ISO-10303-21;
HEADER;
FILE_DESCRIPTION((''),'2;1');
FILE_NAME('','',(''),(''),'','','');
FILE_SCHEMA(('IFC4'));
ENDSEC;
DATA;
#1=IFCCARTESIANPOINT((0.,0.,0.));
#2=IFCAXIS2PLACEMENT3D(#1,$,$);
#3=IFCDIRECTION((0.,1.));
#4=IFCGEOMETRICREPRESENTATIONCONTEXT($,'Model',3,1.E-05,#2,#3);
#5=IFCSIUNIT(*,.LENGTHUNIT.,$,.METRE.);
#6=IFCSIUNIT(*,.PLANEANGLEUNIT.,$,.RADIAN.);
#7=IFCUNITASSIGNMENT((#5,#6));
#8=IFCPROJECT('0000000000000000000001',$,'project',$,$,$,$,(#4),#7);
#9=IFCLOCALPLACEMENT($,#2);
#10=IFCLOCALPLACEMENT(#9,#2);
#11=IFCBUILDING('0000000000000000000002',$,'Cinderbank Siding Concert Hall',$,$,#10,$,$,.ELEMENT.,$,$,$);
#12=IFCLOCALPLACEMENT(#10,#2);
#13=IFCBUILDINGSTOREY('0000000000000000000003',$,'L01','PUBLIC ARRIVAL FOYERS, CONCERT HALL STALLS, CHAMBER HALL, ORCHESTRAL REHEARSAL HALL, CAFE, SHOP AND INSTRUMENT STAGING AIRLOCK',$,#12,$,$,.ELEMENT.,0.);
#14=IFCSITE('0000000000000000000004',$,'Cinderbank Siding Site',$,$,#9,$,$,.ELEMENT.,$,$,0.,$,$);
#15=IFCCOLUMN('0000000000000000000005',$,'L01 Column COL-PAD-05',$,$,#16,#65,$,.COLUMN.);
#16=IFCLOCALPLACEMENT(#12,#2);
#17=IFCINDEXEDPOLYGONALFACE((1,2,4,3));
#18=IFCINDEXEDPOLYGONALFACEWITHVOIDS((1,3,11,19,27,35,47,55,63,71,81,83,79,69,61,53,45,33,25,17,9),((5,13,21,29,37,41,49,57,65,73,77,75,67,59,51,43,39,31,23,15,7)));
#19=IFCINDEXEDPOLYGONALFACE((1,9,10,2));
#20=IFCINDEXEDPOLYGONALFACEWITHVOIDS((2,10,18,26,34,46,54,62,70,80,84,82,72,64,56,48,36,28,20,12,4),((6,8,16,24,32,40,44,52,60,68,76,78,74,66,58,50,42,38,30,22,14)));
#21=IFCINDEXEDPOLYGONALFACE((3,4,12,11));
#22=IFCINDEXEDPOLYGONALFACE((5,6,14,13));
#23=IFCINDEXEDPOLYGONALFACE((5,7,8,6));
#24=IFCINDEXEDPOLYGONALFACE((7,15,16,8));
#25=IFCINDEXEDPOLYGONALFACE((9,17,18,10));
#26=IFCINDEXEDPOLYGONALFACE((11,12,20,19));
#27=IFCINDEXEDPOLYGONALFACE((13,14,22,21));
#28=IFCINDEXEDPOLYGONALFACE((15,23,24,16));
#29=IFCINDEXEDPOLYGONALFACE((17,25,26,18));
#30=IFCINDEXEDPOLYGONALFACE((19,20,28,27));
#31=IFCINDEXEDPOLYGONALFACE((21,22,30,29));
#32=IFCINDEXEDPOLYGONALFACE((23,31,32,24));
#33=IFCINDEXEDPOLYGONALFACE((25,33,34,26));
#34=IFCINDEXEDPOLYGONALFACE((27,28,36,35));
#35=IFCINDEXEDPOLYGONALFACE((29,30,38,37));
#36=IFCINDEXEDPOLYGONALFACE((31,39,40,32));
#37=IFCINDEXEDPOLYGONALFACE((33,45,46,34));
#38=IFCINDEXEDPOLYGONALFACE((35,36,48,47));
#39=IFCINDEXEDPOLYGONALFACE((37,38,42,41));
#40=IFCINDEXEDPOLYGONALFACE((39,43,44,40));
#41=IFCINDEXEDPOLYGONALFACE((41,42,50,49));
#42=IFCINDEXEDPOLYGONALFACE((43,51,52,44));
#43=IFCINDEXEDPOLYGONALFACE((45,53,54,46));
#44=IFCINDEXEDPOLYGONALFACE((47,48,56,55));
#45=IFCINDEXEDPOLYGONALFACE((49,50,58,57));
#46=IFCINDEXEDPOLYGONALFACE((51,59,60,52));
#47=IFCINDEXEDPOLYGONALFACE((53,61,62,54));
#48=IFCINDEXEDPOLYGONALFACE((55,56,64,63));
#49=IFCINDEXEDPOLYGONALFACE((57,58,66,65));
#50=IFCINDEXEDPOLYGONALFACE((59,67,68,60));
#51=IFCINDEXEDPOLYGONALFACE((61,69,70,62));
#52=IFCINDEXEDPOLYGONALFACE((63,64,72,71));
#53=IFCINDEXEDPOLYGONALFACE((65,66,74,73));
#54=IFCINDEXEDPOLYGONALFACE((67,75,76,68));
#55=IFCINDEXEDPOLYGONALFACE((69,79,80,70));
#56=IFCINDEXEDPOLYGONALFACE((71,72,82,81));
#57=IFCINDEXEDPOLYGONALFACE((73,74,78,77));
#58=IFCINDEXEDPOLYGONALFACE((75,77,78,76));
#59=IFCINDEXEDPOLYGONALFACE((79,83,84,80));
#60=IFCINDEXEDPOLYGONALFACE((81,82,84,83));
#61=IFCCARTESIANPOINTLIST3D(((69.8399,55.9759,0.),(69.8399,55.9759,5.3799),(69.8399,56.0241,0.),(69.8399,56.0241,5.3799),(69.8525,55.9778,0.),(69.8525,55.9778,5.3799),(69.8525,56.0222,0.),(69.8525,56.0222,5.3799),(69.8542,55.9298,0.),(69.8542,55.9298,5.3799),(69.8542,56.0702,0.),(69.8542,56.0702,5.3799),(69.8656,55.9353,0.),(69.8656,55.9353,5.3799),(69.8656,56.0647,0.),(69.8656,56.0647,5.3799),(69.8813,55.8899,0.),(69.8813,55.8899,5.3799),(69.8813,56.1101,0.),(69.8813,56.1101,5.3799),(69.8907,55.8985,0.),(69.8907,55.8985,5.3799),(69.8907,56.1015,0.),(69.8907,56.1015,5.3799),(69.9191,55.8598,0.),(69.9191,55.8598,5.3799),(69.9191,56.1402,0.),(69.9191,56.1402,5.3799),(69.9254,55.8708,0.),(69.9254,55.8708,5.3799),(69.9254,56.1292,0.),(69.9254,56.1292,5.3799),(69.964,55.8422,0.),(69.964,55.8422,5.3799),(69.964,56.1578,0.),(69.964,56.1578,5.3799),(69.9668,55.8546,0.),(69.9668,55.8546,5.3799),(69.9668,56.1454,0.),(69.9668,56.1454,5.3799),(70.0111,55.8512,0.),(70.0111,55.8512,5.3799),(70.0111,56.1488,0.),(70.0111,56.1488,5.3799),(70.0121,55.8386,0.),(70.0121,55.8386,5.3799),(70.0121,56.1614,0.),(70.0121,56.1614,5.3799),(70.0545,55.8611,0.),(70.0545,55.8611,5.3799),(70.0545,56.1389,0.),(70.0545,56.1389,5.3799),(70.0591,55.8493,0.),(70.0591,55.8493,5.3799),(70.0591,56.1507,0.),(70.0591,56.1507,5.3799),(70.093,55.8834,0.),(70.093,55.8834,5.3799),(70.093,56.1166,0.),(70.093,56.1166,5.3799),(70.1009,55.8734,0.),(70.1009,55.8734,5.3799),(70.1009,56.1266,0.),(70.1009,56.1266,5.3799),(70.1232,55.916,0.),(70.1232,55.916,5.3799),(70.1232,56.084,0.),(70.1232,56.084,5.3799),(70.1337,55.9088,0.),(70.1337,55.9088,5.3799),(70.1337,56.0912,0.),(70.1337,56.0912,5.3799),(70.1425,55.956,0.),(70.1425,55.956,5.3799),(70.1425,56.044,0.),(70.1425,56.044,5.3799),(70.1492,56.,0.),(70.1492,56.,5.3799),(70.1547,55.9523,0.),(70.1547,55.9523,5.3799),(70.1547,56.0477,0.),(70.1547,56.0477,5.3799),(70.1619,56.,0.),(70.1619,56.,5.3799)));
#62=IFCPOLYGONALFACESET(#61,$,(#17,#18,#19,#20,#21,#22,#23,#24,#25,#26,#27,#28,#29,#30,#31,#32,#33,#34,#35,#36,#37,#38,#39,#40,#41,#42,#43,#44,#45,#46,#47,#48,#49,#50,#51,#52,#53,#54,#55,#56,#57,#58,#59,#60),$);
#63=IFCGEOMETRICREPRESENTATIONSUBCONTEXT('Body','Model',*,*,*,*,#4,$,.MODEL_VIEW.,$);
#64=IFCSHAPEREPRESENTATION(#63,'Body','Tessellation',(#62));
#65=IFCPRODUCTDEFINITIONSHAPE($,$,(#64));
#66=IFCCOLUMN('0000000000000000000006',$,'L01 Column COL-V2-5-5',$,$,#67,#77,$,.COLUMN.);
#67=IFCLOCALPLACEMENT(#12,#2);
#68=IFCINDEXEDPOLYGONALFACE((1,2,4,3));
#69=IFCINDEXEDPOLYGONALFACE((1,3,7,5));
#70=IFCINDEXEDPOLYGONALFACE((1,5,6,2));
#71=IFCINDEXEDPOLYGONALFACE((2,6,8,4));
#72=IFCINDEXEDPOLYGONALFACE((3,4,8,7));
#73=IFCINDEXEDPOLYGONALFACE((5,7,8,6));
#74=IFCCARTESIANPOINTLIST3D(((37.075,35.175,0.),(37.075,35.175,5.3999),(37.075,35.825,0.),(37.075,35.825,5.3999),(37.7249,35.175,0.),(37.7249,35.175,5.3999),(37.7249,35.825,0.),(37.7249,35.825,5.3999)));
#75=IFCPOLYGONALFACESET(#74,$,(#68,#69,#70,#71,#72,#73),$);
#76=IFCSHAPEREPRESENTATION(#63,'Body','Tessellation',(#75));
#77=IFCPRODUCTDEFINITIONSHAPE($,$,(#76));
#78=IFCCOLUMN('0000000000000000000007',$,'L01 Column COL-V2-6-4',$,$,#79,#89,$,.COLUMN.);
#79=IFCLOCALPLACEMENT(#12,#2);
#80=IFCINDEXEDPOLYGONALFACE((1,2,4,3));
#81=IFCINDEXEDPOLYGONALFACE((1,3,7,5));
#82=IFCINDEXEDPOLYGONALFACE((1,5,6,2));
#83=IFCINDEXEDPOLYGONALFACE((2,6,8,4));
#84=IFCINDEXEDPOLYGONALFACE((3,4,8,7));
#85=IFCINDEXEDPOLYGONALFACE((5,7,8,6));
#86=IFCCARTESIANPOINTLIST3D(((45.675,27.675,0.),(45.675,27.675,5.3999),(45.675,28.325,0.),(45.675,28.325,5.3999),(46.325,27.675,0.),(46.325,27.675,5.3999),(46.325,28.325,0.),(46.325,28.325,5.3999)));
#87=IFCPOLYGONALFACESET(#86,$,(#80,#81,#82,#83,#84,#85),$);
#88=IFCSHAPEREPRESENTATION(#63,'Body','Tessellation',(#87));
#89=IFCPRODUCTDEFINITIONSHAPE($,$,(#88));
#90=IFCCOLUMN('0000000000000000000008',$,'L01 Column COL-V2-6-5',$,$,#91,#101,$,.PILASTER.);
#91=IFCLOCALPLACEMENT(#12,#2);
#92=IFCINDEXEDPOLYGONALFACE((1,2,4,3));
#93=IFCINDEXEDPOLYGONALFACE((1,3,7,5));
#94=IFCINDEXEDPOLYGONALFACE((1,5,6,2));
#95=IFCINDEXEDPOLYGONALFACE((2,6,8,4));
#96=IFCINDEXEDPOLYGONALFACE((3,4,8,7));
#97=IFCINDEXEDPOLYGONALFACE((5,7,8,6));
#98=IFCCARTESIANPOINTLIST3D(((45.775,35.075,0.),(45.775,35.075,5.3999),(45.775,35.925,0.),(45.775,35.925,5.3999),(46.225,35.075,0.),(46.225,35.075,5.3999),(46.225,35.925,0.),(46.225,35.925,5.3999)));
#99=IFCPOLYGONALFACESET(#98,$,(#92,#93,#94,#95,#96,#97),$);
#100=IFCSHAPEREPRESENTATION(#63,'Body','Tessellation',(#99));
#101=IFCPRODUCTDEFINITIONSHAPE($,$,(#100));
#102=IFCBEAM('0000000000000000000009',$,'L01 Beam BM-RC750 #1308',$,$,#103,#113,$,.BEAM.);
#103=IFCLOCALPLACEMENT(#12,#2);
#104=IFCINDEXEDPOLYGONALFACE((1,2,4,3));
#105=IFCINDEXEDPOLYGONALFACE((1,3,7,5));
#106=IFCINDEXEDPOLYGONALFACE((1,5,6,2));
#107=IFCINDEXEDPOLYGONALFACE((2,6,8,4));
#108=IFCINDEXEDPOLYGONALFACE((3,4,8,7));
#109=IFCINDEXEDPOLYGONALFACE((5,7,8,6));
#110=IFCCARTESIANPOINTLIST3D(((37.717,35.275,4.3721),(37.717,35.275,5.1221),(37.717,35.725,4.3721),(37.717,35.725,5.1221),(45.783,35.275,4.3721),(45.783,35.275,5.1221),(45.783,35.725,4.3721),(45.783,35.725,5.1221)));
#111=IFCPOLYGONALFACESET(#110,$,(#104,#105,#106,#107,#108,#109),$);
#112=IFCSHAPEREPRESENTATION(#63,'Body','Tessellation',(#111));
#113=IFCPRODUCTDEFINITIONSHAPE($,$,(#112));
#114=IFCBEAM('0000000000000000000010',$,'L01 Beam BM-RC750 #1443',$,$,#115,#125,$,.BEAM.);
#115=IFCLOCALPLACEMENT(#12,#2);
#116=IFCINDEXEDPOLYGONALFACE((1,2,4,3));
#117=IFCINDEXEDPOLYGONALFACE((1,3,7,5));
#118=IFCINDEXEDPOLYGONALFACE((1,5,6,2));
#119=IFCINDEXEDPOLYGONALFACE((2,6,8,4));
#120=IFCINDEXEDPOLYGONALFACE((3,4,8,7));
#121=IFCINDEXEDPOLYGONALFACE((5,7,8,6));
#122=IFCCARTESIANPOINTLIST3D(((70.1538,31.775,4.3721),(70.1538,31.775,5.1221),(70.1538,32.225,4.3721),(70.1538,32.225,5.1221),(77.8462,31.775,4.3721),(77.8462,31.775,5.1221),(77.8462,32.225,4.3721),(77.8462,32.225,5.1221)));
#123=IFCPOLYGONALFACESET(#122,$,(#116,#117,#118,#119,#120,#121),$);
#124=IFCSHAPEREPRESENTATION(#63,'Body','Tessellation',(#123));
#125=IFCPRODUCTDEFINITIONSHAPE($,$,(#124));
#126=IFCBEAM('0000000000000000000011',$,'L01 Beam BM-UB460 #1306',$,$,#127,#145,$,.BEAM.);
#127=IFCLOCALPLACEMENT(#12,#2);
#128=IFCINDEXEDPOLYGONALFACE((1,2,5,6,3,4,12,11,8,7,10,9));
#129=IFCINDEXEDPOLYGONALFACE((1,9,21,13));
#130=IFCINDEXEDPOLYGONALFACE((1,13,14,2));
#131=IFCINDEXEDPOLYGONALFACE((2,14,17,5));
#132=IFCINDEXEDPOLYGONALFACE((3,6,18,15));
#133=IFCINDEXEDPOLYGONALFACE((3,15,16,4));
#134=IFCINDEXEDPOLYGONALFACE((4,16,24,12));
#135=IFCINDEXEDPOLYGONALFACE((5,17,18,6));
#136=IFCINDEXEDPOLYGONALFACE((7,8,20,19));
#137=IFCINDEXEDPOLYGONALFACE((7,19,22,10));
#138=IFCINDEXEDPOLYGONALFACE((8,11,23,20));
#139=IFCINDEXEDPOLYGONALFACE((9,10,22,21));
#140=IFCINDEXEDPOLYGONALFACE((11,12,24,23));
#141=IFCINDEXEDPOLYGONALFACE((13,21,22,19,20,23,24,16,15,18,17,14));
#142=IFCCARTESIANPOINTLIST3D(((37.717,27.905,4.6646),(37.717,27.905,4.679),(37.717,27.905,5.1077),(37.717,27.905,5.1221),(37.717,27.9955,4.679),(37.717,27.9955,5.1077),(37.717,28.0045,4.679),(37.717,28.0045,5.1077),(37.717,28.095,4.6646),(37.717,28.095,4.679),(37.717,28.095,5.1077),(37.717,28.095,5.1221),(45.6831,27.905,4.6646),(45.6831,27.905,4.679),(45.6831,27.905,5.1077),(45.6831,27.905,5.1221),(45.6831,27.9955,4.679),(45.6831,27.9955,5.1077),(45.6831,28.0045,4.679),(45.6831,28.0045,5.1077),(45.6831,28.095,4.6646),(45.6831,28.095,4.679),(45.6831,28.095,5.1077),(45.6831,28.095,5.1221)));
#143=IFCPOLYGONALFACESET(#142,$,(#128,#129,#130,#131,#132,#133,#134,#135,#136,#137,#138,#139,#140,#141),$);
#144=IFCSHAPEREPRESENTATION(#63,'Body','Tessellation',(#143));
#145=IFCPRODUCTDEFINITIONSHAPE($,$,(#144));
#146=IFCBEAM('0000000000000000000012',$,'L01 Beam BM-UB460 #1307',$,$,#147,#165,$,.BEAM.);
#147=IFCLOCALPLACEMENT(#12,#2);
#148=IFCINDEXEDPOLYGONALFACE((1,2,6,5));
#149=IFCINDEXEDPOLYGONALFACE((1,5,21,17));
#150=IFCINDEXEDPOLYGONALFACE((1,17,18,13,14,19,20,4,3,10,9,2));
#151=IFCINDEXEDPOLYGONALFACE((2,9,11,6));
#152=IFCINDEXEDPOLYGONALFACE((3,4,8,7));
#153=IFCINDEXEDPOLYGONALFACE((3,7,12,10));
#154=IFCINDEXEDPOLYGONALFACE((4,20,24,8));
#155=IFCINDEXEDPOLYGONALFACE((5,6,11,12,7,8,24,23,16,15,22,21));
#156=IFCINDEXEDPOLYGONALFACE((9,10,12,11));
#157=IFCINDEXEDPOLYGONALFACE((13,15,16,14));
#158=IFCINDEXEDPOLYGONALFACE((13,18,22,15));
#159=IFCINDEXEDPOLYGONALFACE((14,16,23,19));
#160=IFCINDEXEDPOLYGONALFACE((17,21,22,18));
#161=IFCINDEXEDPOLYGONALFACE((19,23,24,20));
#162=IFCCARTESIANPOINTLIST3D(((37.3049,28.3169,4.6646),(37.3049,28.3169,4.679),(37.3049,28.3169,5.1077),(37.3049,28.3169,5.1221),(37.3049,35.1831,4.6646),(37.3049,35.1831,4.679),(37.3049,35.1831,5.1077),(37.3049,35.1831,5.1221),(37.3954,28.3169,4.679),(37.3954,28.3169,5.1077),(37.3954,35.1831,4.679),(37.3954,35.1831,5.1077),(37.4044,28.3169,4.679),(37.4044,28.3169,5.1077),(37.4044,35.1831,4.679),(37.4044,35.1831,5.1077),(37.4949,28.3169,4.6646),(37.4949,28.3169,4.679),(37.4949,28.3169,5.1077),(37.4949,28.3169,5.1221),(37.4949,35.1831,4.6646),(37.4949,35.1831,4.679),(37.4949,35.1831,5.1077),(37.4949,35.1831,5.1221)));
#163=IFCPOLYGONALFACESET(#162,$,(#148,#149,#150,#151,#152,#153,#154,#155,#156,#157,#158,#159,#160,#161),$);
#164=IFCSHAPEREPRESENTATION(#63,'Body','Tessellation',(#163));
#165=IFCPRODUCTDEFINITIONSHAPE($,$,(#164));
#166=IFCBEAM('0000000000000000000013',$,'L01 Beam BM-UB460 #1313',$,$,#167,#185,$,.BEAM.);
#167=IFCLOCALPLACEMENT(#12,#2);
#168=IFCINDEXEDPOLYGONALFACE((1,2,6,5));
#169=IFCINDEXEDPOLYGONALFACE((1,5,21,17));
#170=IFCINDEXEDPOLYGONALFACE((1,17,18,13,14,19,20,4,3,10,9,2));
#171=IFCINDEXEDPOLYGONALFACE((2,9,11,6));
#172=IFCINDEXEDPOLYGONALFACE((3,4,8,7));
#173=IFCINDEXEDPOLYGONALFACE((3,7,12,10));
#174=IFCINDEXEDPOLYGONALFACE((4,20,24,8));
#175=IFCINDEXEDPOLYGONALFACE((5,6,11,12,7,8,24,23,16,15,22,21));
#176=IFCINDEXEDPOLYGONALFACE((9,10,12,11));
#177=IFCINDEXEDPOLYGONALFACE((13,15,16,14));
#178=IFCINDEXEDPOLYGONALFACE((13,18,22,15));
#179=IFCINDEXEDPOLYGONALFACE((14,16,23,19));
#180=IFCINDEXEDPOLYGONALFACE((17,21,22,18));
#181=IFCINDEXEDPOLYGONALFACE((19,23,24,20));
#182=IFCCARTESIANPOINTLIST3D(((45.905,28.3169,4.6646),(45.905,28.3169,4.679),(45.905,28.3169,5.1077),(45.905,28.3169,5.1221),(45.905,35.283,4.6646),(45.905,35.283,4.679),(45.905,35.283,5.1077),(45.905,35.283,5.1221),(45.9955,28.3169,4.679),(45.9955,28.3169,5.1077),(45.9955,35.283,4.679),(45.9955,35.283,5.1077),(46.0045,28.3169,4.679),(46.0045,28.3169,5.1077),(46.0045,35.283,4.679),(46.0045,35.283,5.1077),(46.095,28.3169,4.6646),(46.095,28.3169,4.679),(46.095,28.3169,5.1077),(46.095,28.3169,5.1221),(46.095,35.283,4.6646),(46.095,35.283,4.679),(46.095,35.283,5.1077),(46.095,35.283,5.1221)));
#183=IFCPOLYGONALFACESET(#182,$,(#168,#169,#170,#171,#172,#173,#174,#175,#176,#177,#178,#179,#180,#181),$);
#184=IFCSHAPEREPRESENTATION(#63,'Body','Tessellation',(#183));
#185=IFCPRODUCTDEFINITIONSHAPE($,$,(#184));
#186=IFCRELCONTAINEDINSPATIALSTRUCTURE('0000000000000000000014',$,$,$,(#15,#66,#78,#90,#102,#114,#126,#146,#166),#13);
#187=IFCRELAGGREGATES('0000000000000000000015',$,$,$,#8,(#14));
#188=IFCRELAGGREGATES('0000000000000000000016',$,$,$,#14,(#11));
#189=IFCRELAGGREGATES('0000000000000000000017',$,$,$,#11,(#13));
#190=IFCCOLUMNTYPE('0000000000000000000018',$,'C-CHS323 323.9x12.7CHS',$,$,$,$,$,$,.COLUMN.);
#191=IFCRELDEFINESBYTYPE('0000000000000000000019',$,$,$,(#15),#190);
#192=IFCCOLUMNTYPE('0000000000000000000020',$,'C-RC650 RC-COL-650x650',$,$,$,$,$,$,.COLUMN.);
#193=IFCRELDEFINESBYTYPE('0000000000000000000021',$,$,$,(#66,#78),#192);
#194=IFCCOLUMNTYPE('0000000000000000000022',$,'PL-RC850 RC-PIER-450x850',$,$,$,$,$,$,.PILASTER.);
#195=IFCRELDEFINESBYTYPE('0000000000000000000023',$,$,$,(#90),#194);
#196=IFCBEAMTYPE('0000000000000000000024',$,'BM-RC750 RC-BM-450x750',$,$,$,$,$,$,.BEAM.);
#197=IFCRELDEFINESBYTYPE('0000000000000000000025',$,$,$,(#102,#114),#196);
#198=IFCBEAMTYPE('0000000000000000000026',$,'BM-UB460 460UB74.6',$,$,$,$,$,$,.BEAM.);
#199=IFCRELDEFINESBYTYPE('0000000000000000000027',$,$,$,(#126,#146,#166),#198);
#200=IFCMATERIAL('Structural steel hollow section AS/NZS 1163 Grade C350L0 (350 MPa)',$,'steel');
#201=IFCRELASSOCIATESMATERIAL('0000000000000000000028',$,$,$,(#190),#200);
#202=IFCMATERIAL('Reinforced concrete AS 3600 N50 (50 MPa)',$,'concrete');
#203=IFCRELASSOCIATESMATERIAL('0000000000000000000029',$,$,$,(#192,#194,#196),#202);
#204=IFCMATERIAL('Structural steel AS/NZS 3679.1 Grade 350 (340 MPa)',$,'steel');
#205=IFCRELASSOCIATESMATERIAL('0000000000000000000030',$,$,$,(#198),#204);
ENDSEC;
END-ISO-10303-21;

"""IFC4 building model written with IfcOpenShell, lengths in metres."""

from ifc_helpers import new_model, si_unit, direction, frame, origin, origin_2d, place, context, subcontext, project, spatial, rectangle, hollow_circle, i_section, extrude, material, material_profile, profile_set, type_object, element, save


model = new_model("IFC4")

# Units and contexts
model_context = context("Model", 3, precision=1e-05, world=origin(), true_north=direction((0.0, 1.0)))
body_context = subcontext(model_context, "Body", "Model", "MODEL_VIEW")
ifc_project = project(units=[si_unit("LENGTHUNIT", "METRE"), si_unit("PLANEANGLEUNIT", "RADIAN")], contexts=[model_context])

# Site, building, storey
site_placement = place(None, origin())
site = spatial("IfcSite", under=ifc_project, at=site_placement, Name="Cinderbank Siding Site", CompositionType="ELEMENT", RefElevation=0.0)
building_placement = place(site_placement, origin())
building = spatial("IfcBuilding", under=site, at=building_placement, Name="Cinderbank Siding Concert Hall", CompositionType="ELEMENT")
storey_placement = place(building_placement, origin())
storey = spatial("IfcBuildingStorey", under=building, at=storey_placement, Name="L01", Description="PUBLIC ARRIVAL FOYERS, CONCERT HALL STALLS, CHAMBER HALL, ORCHESTRAL REHEARSAL HALL, CAFE, SHOP AND INSTRUMENT STAGING AIRLOCK", CompositionType="ELEMENT", Elevation=0.0)

# Columns
ifc_material_1 = material(Name="Structural steel hollow section AS/NZS 1163 Grade C350L0 (350 MPa)", Category="steel")
ifc_material_profile_1 = material_profile(ifc_material_1, hollow_circle(Radius=0.1619, WallThickness=0.0127, at=origin_2d()), Name="323.9x12.7CHS", Category="LoadBearing")
ifc_profile_set_1 = profile_set([ifc_material_profile_1], Name="Structural steel hollow section AS/NZS 1163 Grade C350L0 (350 MPa)")
column_type_1 = type_object("IfcColumnType", Name="C-CHS323 323.9x12.7CHS", PredefinedType="COLUMN", material=ifc_profile_set_1)
for number, where, z_axis, x_axis, name in (
    (1, (70.0, 56.0, 0.0), (0.0, 0.0, 1.0), (1.0, 0.0, 0.0), "L01 Column COL-PAD-05"),
):
    element("IfcColumn", number, at=place(storey_placement, frame(where, z_axis=z_axis, x_axis=x_axis)), inside=storey, type_object=column_type_1, Name=name, PredefinedType="COLUMN", context=body_context, shape_type="SweptSolid", body=[
        extrude(hollow_circle(Radius=0.1619, WallThickness=0.0127, at=origin_2d()), origin(), (0.0, 0.0, 1.0), 5.3799),
    ])
ifc_material_2 = material(Name="Reinforced concrete AS 3600 N50 (50 MPa)", Category="concrete")
ifc_material_profile_2 = material_profile(ifc_material_2, rectangle(XDim=0.6499, YDim=0.6499, at=origin_2d()), Name="RC-COL-650x650", Category="LoadBearing")
ifc_profile_set_2 = profile_set([ifc_material_profile_2], Name="Reinforced concrete AS 3600 N50 (50 MPa)")
column_type_2 = type_object("IfcColumnType", Name="C-RC650 RC-COL-650x650", PredefinedType="COLUMN", material=ifc_profile_set_2)
for number, where, z_axis, x_axis, name in (
    (2, (37.3999, 35.5, 0.0), (0.0, 0.0, 1.0), (1.0, 0.0, 0.0), "L01 Column COL-V2-5-5"),
    (3, (46.0, 28.0, 0.0), (0.0, 0.0, 1.0), (1.0, 0.0, 0.0), "L01 Column COL-V2-6-4"),
):
    element("IfcColumn", number, at=place(storey_placement, frame(where, z_axis=z_axis, x_axis=x_axis)), inside=storey, type_object=column_type_2, Name=name, PredefinedType="COLUMN", context=body_context, shape_type="SweptSolid", body=[
        extrude(rectangle(XDim=0.6499, YDim=0.6499, at=origin_2d()), origin(), (0.0, 0.0, 1.0), 5.3999),
    ])
ifc_material_profile_3 = material_profile(ifc_material_2, rectangle(XDim=0.45, YDim=0.8501, at=origin_2d()), Name="RC-PIER-450x850", Category="LoadBearing")
ifc_profile_set_3 = profile_set([ifc_material_profile_3], Name="Reinforced concrete AS 3600 N50 (50 MPa)")
column_type_3 = type_object("IfcColumnType", Name="PL-RC850 RC-PIER-450x850", PredefinedType="PILASTER", material=ifc_profile_set_3)
column_placement = place(storey_placement, frame((46.0, 35.5, 0.0), z_axis=(0.0, 0.0, 1.0), x_axis=(1.0, 0.0, 0.0)))
element("IfcColumn", 4, at=column_placement, inside=storey, type_object=column_type_3, Name="L01 Column COL-V2-6-5", PredefinedType="PILASTER", context=body_context, shape_type="SweptSolid", body=[
    extrude(rectangle(XDim=0.45, YDim=0.8501, at=origin_2d()), origin(), (0.0, 0.0, 1.0), 5.3999),
])

# Beams
ifc_material_profile_4 = material_profile(ifc_material_2, rectangle(XDim=0.45, YDim=0.75, at=origin_2d()), Name="RC-BM-450x750", Category="LoadBearing")
ifc_profile_set_4 = profile_set([ifc_material_profile_4], Name="Reinforced concrete AS 3600 N50 (50 MPa)")
beam_type_1 = type_object("IfcBeamType", Name="BM-RC750 RC-BM-450x750", PredefinedType="BEAM", material=ifc_profile_set_4)
beam_1_placement = place(storey_placement, frame((37.717, 35.5, 4.7471), z_axis=(1.0, 0.0, 0.0), x_axis=(0.0, 1.0, 0.0)))
element("IfcBeam", 5, at=beam_1_placement, inside=storey, type_object=beam_type_1, Name="L01 Beam BM-RC750 #1308", PredefinedType="BEAM", context=body_context, shape_type="SweptSolid", body=[
    extrude(rectangle(XDim=0.45, YDim=0.75, at=origin_2d()), origin(), (0.0, 0.0, 1.0), 8.0659),
])
beam_2_placement = place(storey_placement, frame((70.1538, 32.0, 4.7471), z_axis=(1.0, 0.0, 0.0), x_axis=(0.0, 1.0, 0.0)))
element("IfcBeam", 6, at=beam_2_placement, inside=storey, type_object=beam_type_1, Name="L01 Beam BM-RC750 #1443", PredefinedType="BEAM", context=body_context, shape_type="SweptSolid", body=[
    extrude(rectangle(XDim=0.45, YDim=0.75, at=origin_2d()), origin(), (0.0, 0.0, 1.0), 7.6924),
])
ifc_material_3 = material(Name="Structural steel AS/NZS 3679.1 Grade 350 (340 MPa)", Category="steel")
ifc_material_profile_5 = material_profile(ifc_material_3, i_section(OverallWidth=0.1899, OverallDepth=0.4575, WebThickness=0.009, FlangeThickness=0.0144, at=origin_2d()), Name="460UB74.6", Category="LoadBearing")
ifc_profile_set_5 = profile_set([ifc_material_profile_5], Name="Structural steel AS/NZS 3679.1 Grade 350 (340 MPa)")
beam_type_2 = type_object("IfcBeamType", Name="BM-UB460 460UB74.6", PredefinedType="BEAM", material=ifc_profile_set_5)
beam_3_placement = place(storey_placement, frame((37.717, 28.0, 4.8933), z_axis=(1.0, 0.0, 0.0), x_axis=(0.0, 1.0, 0.0)))
element("IfcBeam", 7, at=beam_3_placement, inside=storey, type_object=beam_type_2, Name="L01 Beam BM-UB460 #1306", PredefinedType="BEAM", context=body_context, shape_type="SweptSolid", body=[
    extrude(i_section(OverallWidth=0.1899, OverallDepth=0.4575, WebThickness=0.009, FlangeThickness=0.0144, at=origin_2d()), origin(), (0.0, 0.0, 1.0), 7.9661),
])
beam_4_placement = place(storey_placement, frame((37.3999, 28.3169, 4.8933), z_axis=(0.0, 1.0, 0.0), x_axis=(-1.0, 0.0, 0.0)))
element("IfcBeam", 8, at=beam_4_placement, inside=storey, type_object=beam_type_2, Name="L01 Beam BM-UB460 #1307", PredefinedType="BEAM", context=body_context, shape_type="SweptSolid", body=[
    extrude(i_section(OverallWidth=0.1899, OverallDepth=0.4575, WebThickness=0.009, FlangeThickness=0.0144, at=origin_2d()), origin(), (0.0, 0.0, 1.0), 6.8662),
])
beam_5_placement = place(storey_placement, frame((46.0, 28.3169, 4.8933), z_axis=(0.0, 1.0, 0.0), x_axis=(-1.0, 0.0, 0.0)))
element("IfcBeam", 9, at=beam_5_placement, inside=storey, type_object=beam_type_2, Name="L01 Beam BM-UB460 #1313", PredefinedType="BEAM", context=body_context, shape_type="SweptSolid", body=[
    extrude(i_section(OverallWidth=0.1899, OverallDepth=0.4575, WebThickness=0.009, FlangeThickness=0.0144, at=origin_2d()), origin(), (0.0, 0.0, 1.0), 6.9661),
])

save(model, "model.ifc")
